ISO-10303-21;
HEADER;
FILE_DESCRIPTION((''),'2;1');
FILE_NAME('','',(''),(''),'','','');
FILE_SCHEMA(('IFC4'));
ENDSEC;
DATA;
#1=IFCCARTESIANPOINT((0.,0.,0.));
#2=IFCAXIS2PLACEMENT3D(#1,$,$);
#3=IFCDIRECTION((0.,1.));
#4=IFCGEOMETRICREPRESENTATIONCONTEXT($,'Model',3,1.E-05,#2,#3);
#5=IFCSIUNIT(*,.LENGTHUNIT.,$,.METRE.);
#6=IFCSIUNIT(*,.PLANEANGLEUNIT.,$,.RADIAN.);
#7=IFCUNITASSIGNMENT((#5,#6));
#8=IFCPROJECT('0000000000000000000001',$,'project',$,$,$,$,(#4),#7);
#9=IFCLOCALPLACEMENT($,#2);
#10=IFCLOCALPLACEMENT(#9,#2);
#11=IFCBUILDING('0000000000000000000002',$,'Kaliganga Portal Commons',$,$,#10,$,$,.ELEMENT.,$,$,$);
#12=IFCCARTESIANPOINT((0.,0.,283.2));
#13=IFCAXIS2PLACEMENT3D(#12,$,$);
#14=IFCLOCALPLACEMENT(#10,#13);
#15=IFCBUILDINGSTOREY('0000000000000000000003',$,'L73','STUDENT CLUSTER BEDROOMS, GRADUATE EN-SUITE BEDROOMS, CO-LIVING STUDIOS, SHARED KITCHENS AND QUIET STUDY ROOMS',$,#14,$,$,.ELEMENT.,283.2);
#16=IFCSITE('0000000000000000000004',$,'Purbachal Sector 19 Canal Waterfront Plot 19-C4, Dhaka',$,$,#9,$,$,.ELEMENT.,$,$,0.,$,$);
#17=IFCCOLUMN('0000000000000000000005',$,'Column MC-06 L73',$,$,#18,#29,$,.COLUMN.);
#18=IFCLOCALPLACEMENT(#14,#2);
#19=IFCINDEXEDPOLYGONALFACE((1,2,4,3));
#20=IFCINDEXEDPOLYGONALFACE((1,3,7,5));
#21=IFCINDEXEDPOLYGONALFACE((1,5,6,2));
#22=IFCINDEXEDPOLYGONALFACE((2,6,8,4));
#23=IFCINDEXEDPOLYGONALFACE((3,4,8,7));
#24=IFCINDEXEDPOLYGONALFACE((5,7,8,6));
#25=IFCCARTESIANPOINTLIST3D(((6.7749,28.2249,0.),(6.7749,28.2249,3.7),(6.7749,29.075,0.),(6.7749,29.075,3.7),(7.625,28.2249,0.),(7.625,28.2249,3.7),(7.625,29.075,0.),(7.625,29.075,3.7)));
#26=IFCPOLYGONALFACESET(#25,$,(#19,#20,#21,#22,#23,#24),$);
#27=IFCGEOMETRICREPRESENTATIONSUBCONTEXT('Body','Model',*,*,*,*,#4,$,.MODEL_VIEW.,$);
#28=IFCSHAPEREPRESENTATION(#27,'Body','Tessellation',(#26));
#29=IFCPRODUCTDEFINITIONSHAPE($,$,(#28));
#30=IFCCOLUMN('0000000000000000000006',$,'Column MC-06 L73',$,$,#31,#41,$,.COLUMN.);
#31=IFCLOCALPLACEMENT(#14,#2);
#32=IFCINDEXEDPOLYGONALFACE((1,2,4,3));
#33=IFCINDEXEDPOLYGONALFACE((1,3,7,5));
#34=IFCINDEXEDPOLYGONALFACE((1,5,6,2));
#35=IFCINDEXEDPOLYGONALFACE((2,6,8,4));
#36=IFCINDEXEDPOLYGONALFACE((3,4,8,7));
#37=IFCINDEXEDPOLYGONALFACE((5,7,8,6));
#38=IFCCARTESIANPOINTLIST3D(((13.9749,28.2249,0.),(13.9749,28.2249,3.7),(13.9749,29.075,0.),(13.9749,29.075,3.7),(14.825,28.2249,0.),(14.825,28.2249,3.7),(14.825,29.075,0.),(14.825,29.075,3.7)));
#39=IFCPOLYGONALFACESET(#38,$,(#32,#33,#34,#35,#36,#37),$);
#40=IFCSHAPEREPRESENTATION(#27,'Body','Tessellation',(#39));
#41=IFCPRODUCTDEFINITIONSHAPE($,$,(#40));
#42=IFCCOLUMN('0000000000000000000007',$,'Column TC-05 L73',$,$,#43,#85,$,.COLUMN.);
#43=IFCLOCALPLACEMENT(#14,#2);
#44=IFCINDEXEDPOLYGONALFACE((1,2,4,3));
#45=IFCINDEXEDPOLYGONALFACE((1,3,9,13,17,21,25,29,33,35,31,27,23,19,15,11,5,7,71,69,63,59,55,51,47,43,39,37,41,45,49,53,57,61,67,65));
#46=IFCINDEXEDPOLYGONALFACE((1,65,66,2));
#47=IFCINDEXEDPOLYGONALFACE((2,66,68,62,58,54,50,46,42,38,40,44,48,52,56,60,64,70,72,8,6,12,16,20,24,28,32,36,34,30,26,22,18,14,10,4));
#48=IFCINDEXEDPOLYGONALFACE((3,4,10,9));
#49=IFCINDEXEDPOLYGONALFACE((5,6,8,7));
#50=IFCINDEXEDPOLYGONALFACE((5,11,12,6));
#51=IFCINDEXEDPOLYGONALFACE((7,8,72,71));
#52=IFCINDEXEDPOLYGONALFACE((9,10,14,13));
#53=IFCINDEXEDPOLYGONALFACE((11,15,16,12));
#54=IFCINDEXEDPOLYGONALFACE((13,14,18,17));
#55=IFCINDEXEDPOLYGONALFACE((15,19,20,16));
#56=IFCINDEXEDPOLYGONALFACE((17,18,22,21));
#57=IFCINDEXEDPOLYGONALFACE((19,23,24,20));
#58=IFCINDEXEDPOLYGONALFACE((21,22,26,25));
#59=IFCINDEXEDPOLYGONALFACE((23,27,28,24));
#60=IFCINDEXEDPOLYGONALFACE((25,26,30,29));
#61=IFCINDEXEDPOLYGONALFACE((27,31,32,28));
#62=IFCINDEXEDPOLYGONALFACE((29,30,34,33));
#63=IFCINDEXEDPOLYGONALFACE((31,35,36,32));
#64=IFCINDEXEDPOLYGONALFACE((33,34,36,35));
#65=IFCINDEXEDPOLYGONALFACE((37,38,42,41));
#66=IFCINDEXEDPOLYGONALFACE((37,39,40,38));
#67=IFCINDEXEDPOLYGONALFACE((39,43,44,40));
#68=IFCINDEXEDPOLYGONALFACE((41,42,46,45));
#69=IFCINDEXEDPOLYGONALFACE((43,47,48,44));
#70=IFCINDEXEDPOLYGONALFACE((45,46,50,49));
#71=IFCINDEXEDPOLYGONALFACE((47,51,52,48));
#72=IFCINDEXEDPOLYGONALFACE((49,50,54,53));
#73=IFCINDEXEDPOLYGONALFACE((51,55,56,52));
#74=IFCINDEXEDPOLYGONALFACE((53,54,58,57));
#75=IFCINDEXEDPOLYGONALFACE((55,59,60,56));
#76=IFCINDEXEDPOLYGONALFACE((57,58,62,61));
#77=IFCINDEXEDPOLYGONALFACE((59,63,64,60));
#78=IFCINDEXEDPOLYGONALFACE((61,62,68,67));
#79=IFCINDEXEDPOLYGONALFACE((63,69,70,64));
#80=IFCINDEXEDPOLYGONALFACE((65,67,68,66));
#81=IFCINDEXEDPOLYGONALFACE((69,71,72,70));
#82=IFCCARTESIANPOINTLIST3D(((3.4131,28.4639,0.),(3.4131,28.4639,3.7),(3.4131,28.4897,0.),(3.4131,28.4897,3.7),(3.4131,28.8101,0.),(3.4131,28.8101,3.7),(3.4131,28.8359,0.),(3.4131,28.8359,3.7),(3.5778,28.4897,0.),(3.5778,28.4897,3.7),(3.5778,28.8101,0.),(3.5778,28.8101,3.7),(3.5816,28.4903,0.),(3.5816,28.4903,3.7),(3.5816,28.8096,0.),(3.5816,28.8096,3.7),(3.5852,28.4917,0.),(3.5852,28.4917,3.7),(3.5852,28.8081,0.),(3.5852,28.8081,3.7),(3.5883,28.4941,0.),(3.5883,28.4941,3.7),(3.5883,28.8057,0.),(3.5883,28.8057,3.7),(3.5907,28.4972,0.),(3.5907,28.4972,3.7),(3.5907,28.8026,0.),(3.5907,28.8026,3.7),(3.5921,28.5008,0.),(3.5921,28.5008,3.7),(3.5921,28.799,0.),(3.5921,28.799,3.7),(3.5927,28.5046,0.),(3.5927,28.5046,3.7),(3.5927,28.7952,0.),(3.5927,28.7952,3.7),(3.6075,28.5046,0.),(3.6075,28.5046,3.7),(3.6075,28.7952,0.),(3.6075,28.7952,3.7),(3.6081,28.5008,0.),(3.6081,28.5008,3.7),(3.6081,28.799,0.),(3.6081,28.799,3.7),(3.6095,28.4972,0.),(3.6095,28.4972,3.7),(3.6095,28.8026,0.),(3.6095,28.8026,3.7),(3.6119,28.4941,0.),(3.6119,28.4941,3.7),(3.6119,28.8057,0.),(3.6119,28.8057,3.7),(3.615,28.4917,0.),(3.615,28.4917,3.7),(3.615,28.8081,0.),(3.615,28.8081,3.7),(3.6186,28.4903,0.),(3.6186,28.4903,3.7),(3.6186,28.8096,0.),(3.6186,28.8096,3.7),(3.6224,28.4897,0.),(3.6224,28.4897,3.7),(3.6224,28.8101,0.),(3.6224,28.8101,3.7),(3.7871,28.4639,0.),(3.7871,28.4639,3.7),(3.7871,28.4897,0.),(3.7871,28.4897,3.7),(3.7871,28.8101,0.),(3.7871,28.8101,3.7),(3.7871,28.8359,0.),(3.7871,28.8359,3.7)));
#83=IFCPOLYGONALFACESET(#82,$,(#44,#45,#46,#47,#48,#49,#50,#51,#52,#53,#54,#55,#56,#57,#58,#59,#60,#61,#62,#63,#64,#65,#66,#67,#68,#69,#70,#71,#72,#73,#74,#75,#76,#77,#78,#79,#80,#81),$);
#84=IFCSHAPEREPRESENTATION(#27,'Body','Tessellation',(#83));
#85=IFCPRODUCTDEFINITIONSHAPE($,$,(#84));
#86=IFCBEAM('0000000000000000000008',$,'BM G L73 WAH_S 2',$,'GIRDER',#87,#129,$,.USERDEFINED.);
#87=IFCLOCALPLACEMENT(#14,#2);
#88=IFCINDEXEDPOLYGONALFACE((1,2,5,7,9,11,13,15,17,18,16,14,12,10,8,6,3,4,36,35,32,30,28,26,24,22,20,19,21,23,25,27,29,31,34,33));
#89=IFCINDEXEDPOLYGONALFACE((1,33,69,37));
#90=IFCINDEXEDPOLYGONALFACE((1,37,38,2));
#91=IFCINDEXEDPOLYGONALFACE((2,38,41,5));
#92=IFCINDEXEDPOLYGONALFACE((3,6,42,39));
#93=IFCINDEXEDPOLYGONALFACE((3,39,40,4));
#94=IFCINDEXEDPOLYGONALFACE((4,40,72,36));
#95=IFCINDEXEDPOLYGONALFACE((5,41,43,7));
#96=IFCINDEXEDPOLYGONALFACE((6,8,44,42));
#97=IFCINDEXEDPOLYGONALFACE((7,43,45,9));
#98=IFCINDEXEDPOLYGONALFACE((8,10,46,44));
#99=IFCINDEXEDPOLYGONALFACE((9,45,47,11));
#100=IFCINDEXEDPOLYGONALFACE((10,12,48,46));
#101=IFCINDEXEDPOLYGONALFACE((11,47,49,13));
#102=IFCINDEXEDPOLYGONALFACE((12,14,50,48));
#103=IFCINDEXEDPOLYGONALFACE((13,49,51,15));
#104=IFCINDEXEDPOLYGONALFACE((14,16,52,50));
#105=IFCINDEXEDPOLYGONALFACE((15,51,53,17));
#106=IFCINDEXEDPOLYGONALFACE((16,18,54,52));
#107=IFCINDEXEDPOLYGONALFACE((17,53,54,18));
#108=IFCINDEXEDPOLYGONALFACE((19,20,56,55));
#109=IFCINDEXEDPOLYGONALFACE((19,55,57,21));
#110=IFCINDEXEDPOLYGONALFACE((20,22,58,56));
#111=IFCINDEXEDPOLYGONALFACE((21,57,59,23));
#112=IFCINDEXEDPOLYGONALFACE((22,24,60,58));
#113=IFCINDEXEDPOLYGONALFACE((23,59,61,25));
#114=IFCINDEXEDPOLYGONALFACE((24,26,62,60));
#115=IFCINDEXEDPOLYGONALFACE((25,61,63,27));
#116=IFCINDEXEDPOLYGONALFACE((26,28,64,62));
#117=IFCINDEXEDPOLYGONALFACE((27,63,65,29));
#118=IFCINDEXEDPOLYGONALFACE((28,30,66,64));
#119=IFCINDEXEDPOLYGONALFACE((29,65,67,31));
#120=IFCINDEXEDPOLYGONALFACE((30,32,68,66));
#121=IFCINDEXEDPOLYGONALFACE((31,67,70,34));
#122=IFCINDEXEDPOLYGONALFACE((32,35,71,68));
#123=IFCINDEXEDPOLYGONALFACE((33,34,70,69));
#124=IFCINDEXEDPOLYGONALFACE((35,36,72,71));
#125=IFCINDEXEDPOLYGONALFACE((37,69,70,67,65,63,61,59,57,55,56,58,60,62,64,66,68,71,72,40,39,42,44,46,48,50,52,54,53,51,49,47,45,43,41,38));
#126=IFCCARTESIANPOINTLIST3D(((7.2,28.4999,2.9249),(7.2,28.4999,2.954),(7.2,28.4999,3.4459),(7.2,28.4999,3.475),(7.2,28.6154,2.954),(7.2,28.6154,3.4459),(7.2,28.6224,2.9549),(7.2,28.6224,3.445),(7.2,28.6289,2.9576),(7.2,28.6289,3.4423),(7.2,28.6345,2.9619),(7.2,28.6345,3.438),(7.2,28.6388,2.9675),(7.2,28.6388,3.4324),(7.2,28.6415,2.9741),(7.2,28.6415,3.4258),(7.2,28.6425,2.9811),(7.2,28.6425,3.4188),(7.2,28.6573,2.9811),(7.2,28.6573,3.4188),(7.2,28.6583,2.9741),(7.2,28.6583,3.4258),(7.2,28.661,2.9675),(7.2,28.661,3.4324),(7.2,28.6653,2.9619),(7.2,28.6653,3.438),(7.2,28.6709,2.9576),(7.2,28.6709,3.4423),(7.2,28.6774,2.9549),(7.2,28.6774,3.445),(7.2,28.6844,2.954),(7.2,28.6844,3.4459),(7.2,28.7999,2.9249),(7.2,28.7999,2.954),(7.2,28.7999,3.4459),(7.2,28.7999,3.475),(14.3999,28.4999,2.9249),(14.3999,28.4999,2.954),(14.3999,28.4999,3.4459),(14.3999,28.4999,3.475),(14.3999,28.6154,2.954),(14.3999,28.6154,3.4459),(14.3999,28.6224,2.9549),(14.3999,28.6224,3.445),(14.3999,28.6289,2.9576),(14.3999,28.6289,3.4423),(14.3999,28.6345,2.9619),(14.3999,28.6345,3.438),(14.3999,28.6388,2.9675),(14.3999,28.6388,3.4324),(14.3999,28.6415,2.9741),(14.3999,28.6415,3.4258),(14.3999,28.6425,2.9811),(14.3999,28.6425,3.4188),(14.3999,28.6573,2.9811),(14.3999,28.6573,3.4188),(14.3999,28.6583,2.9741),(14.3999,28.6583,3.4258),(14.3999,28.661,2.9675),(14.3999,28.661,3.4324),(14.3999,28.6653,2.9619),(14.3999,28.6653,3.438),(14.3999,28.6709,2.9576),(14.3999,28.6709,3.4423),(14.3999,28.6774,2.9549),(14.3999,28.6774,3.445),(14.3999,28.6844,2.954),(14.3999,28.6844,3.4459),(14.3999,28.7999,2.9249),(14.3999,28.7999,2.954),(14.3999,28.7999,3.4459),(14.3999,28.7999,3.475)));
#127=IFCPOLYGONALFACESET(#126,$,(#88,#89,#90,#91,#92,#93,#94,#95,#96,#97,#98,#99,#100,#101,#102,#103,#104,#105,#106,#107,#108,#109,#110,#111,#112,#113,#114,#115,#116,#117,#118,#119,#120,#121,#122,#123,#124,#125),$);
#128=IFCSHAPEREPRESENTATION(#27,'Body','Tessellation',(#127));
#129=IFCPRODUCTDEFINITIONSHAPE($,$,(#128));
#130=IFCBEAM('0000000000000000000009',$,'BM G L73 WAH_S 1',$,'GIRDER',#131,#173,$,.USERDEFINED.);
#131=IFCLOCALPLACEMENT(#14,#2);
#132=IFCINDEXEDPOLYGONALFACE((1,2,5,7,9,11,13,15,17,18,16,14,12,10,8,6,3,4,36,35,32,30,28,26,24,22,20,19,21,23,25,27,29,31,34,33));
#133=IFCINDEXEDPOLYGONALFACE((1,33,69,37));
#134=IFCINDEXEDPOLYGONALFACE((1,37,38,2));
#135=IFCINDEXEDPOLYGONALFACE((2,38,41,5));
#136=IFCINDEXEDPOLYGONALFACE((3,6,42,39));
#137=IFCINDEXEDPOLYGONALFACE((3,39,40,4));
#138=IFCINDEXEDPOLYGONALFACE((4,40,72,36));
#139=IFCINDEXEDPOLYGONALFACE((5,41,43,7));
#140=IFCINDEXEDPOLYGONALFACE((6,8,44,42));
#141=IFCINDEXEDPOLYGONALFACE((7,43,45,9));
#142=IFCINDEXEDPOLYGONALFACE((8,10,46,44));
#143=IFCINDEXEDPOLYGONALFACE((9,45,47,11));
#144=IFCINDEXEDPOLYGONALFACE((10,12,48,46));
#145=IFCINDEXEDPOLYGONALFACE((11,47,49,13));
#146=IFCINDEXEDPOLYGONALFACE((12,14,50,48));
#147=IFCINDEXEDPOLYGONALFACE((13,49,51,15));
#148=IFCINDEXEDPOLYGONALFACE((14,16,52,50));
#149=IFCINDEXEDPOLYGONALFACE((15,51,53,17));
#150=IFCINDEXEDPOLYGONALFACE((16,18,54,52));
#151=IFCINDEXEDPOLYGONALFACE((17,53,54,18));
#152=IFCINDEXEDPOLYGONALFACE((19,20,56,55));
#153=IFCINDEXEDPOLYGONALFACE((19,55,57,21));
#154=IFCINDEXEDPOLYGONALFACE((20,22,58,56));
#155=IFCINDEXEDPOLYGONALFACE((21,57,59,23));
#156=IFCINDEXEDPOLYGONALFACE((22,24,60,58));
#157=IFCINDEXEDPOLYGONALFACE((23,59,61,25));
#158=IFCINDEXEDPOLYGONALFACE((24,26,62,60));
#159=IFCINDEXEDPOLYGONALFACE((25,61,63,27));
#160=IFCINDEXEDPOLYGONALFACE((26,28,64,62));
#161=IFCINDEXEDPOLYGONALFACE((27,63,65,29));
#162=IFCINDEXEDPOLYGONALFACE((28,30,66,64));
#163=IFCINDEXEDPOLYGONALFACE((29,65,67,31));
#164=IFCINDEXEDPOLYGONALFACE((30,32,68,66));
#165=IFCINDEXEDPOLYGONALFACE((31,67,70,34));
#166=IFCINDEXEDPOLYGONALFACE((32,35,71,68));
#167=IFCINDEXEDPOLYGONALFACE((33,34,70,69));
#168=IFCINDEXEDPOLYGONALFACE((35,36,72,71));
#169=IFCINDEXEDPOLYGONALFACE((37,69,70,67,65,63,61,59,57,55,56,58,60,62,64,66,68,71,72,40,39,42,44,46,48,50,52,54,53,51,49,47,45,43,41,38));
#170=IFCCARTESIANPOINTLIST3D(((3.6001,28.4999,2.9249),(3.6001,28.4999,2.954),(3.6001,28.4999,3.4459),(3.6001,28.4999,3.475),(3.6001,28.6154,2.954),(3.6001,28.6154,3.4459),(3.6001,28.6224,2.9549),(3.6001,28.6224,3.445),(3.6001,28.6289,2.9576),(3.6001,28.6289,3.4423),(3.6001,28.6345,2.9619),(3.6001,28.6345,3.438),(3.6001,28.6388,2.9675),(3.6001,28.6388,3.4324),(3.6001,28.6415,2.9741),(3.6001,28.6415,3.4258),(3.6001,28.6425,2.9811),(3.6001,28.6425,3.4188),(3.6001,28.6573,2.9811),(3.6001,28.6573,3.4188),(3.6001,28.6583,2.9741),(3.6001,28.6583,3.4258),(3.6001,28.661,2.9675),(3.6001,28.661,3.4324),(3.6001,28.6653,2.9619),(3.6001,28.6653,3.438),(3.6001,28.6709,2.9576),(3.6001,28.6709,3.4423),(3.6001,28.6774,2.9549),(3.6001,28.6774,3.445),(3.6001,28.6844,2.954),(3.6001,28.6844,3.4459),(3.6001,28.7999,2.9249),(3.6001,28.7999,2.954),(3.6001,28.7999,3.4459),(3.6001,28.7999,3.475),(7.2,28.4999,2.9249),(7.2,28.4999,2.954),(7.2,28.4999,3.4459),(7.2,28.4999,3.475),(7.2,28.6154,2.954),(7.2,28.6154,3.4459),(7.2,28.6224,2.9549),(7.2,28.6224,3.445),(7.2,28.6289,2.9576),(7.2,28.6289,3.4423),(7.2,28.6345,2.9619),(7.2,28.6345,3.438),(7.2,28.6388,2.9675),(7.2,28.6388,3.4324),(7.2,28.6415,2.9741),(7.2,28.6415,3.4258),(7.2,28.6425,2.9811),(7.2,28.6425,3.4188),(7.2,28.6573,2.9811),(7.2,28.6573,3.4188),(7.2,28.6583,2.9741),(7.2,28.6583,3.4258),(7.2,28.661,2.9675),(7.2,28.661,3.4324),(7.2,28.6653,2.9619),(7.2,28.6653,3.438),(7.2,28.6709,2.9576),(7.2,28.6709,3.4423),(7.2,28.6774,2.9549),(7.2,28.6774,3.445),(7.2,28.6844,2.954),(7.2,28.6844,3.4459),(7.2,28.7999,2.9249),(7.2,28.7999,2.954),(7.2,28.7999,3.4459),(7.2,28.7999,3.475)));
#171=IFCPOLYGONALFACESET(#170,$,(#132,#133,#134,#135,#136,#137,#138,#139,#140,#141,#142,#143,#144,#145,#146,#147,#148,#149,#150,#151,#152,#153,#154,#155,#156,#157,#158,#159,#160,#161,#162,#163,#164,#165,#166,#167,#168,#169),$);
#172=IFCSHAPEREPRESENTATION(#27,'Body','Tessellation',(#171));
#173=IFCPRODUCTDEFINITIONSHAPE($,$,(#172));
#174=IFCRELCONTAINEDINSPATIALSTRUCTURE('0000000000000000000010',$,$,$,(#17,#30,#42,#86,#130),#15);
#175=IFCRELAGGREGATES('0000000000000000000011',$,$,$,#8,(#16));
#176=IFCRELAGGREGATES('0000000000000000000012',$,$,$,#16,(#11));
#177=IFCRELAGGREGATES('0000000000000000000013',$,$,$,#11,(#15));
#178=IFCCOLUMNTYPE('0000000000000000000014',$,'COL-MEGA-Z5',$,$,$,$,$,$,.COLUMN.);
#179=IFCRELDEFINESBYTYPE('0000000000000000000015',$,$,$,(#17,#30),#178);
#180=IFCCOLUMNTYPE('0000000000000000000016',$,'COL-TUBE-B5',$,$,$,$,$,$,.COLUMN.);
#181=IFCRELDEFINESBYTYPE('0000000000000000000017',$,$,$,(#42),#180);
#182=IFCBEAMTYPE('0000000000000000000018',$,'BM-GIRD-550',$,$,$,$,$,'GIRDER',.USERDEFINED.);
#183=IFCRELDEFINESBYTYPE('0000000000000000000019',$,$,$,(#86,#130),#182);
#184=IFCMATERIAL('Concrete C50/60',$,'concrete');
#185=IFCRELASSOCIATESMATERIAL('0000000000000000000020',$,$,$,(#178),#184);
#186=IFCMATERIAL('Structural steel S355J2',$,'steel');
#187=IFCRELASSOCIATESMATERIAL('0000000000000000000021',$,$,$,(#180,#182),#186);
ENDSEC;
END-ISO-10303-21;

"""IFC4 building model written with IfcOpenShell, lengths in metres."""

from ifc_helpers import new_model, si_unit, direction, frame, origin, origin_2d, place, context, subcontext, project, spatial, rectangle, i_section, extrude, source, transform, mapped, material, material_profile, profile_set, type_object, element, save


model = new_model("IFC4")

# Units and contexts
model_context = context("Model", 3, precision=1e-05, world=origin(), true_north=direction((0.0, 1.0)))
body_context = subcontext(model_context, "Body", "Model", "MODEL_VIEW")
ifc_project = project(units=[si_unit("LENGTHUNIT", "METRE"), si_unit("PLANEANGLEUNIT", "RADIAN")], contexts=[model_context])

# Site, building, storey
site_placement = place(None, origin())
site = spatial("IfcSite", under=ifc_project, at=site_placement, Name="Purbachal Sector 19 Canal Waterfront Plot 19-C4, Dhaka", CompositionType="ELEMENT", RefElevation=0.0)
building_placement = place(site_placement, origin())
building = spatial("IfcBuilding", under=site, at=building_placement, Name="Kaliganga Portal Commons", CompositionType="ELEMENT")
storey_placement = place(building_placement, frame((0.0, 0.0, 283.2)))
storey = spatial("IfcBuildingStorey", under=building, at=storey_placement, Name="L73", Description="STUDENT CLUSTER BEDROOMS, GRADUATE EN-SUITE BEDROOMS, CO-LIVING STUDIOS, SHARED KITCHENS AND QUIET STUDY ROOMS", CompositionType="ELEMENT", Elevation=283.2)

# Columns
ifc_material_1 = material(Name="Concrete C50/60", Category="concrete")
ifc_material_profile_1 = material_profile(ifc_material_1, rectangle(XDim=0.8501, YDim=0.8501, at=origin_2d()), Name="RC 850x850")
ifc_profile_set_1 = profile_set([ifc_material_profile_1], Name="Concrete C50/60")
column_type_1 = type_object("IfcColumnType", Name="COL-MEGA-Z5", PredefinedType="COLUMN", material=ifc_profile_set_1)
shared_shape_1 = source(origin(), body_context, "Body", "SweptSolid", [
    extrude(rectangle(XDim=0.8501, YDim=0.8501, at=origin_2d()), origin(), (0.0, 0.0, 1.0), 3.7),
])
for number, where, z_axis, x_axis, name in (
    (1, (7.2, 28.6499, 0.0), (0.0, 0.0, 1.0), (1.0, 0.0, 0.0), "Column MC-06 L73"),
    (2, (14.3999, 28.6499, 0.0), (0.0, 0.0, 1.0), (1.0, 0.0, 0.0), "Column MC-06 L73"),
):
    element("IfcColumn", number, at=place(storey_placement, frame(where, z_axis=z_axis, x_axis=x_axis)), inside=storey, type_object=column_type_1, Name=name, PredefinedType="COLUMN", context=body_context, shape_type="MappedRepresentation", body=[
        mapped(shared_shape_1, transform((0.0, 0.0, 0.0), x_axis=(1.0, 0.0, 0.0), y_axis=(0.0, 1.0, 0.0), z_axis=(0.0, 0.0, 1.0), scale=1.0)),
    ])
ifc_material_2 = material(Name="Structural steel S355J2", Category="steel")
ifc_material_profile_2 = material_profile(ifc_material_2, i_section(OverallWidth=0.374, OverallDepth=0.3721, WebThickness=0.0149, FlangeThickness=0.0259, FilletRadius=0.0149, at=origin_2d()), Name="HD 360x196")
ifc_profile_set_2 = profile_set([ifc_material_profile_2], Name="Structural steel S355J2 wide-flange")
column_type_2 = type_object("IfcColumnType", Name="COL-TUBE-B5", PredefinedType="COLUMN", material=ifc_profile_set_2)
shared_shape_2 = source(origin(), body_context, "Body", "SweptSolid", [
    extrude(i_section(OverallWidth=0.374, OverallDepth=0.3721, WebThickness=0.0149, FlangeThickness=0.0259, FilletRadius=0.0149, at=origin_2d()), origin(), (0.0, 0.0, 1.0), 3.7),
])
column_placement = place(storey_placement, frame((3.6001, 28.6499, 0.0), z_axis=(0.0, 0.0, 1.0), x_axis=(1.0, 0.0, 0.0)))
element("IfcColumn", 3, at=column_placement, inside=storey, type_object=column_type_2, Name="Column TC-05 L73", PredefinedType="COLUMN", context=body_context, shape_type="MappedRepresentation", body=[
    mapped(shared_shape_2, transform((0.0, 0.0, 0.0), x_axis=(1.0, 0.0, 0.0), y_axis=(0.0, 1.0, 0.0), z_axis=(0.0, 0.0, 1.0), scale=1.0)),
])

# Beams
ifc_material_profile_3 = material_profile(ifc_material_2, i_section(OverallWidth=0.3, OverallDepth=0.55, WebThickness=0.0149, FlangeThickness=0.0291, FilletRadius=0.0271, at=origin_2d()), Name="HE 550 B")
ifc_profile_set_3 = profile_set([ifc_material_profile_3], Name="Structural steel S355J2 wide-flange")
beam_type_1 = type_object("IfcBeamType", Name="BM-GIRD-550", ElementType="GIRDER", PredefinedType="USERDEFINED", material=ifc_profile_set_3)
shared_shape_3 = source(origin(), body_context, "Body", "SweptSolid", [
    extrude(i_section(OverallWidth=0.3, OverallDepth=0.55, WebThickness=0.0149, FlangeThickness=0.0291, FilletRadius=0.0271, at=origin_2d()), origin(), (0.0, 0.0, 1.0), 7.2),
])
beam_1_placement = place(storey_placement, frame((7.2, 28.6499, 3.2), z_axis=(1.0, 0.0, 0.0), x_axis=(0.0, 1.0, 0.0)))
element("IfcBeam", 4, at=beam_1_placement, inside=storey, type_object=beam_type_1, Name="BM G L73 WAH_S 2", ObjectType="GIRDER", PredefinedType="USERDEFINED", context=body_context, shape_type="MappedRepresentation", body=[
    mapped(shared_shape_3, transform((0.0, 0.0, 0.0), x_axis=(1.0, 0.0, 0.0), y_axis=(0.0, 1.0, 0.0), z_axis=(0.0, 0.0, 1.0), scale=1.0)),
])
shared_shape_4 = source(origin(), body_context, "Body", "SweptSolid", [
    extrude(i_section(OverallWidth=0.3, OverallDepth=0.55, WebThickness=0.0149, FlangeThickness=0.0291, FilletRadius=0.0271, at=origin_2d()), origin(), (0.0, 0.0, 1.0), 3.5999),
])
beam_2_placement = place(storey_placement, frame((3.6001, 28.6499, 3.2), z_axis=(1.0, 0.0, 0.0), x_axis=(0.0, 1.0, 0.0)))
element("IfcBeam", 5, at=beam_2_placement, inside=storey, type_object=beam_type_1, Name="BM G L73 WAH_S 1", ObjectType="GIRDER", PredefinedType="USERDEFINED", context=body_context, shape_type="MappedRepresentation", body=[
    mapped(shared_shape_4, transform((0.0, 0.0, 0.0), x_axis=(1.0, 0.0, 0.0), y_axis=(0.0, 1.0, 0.0), z_axis=(0.0, 0.0, 1.0), scale=1.0)),
])

save(model, "model.ifc")
